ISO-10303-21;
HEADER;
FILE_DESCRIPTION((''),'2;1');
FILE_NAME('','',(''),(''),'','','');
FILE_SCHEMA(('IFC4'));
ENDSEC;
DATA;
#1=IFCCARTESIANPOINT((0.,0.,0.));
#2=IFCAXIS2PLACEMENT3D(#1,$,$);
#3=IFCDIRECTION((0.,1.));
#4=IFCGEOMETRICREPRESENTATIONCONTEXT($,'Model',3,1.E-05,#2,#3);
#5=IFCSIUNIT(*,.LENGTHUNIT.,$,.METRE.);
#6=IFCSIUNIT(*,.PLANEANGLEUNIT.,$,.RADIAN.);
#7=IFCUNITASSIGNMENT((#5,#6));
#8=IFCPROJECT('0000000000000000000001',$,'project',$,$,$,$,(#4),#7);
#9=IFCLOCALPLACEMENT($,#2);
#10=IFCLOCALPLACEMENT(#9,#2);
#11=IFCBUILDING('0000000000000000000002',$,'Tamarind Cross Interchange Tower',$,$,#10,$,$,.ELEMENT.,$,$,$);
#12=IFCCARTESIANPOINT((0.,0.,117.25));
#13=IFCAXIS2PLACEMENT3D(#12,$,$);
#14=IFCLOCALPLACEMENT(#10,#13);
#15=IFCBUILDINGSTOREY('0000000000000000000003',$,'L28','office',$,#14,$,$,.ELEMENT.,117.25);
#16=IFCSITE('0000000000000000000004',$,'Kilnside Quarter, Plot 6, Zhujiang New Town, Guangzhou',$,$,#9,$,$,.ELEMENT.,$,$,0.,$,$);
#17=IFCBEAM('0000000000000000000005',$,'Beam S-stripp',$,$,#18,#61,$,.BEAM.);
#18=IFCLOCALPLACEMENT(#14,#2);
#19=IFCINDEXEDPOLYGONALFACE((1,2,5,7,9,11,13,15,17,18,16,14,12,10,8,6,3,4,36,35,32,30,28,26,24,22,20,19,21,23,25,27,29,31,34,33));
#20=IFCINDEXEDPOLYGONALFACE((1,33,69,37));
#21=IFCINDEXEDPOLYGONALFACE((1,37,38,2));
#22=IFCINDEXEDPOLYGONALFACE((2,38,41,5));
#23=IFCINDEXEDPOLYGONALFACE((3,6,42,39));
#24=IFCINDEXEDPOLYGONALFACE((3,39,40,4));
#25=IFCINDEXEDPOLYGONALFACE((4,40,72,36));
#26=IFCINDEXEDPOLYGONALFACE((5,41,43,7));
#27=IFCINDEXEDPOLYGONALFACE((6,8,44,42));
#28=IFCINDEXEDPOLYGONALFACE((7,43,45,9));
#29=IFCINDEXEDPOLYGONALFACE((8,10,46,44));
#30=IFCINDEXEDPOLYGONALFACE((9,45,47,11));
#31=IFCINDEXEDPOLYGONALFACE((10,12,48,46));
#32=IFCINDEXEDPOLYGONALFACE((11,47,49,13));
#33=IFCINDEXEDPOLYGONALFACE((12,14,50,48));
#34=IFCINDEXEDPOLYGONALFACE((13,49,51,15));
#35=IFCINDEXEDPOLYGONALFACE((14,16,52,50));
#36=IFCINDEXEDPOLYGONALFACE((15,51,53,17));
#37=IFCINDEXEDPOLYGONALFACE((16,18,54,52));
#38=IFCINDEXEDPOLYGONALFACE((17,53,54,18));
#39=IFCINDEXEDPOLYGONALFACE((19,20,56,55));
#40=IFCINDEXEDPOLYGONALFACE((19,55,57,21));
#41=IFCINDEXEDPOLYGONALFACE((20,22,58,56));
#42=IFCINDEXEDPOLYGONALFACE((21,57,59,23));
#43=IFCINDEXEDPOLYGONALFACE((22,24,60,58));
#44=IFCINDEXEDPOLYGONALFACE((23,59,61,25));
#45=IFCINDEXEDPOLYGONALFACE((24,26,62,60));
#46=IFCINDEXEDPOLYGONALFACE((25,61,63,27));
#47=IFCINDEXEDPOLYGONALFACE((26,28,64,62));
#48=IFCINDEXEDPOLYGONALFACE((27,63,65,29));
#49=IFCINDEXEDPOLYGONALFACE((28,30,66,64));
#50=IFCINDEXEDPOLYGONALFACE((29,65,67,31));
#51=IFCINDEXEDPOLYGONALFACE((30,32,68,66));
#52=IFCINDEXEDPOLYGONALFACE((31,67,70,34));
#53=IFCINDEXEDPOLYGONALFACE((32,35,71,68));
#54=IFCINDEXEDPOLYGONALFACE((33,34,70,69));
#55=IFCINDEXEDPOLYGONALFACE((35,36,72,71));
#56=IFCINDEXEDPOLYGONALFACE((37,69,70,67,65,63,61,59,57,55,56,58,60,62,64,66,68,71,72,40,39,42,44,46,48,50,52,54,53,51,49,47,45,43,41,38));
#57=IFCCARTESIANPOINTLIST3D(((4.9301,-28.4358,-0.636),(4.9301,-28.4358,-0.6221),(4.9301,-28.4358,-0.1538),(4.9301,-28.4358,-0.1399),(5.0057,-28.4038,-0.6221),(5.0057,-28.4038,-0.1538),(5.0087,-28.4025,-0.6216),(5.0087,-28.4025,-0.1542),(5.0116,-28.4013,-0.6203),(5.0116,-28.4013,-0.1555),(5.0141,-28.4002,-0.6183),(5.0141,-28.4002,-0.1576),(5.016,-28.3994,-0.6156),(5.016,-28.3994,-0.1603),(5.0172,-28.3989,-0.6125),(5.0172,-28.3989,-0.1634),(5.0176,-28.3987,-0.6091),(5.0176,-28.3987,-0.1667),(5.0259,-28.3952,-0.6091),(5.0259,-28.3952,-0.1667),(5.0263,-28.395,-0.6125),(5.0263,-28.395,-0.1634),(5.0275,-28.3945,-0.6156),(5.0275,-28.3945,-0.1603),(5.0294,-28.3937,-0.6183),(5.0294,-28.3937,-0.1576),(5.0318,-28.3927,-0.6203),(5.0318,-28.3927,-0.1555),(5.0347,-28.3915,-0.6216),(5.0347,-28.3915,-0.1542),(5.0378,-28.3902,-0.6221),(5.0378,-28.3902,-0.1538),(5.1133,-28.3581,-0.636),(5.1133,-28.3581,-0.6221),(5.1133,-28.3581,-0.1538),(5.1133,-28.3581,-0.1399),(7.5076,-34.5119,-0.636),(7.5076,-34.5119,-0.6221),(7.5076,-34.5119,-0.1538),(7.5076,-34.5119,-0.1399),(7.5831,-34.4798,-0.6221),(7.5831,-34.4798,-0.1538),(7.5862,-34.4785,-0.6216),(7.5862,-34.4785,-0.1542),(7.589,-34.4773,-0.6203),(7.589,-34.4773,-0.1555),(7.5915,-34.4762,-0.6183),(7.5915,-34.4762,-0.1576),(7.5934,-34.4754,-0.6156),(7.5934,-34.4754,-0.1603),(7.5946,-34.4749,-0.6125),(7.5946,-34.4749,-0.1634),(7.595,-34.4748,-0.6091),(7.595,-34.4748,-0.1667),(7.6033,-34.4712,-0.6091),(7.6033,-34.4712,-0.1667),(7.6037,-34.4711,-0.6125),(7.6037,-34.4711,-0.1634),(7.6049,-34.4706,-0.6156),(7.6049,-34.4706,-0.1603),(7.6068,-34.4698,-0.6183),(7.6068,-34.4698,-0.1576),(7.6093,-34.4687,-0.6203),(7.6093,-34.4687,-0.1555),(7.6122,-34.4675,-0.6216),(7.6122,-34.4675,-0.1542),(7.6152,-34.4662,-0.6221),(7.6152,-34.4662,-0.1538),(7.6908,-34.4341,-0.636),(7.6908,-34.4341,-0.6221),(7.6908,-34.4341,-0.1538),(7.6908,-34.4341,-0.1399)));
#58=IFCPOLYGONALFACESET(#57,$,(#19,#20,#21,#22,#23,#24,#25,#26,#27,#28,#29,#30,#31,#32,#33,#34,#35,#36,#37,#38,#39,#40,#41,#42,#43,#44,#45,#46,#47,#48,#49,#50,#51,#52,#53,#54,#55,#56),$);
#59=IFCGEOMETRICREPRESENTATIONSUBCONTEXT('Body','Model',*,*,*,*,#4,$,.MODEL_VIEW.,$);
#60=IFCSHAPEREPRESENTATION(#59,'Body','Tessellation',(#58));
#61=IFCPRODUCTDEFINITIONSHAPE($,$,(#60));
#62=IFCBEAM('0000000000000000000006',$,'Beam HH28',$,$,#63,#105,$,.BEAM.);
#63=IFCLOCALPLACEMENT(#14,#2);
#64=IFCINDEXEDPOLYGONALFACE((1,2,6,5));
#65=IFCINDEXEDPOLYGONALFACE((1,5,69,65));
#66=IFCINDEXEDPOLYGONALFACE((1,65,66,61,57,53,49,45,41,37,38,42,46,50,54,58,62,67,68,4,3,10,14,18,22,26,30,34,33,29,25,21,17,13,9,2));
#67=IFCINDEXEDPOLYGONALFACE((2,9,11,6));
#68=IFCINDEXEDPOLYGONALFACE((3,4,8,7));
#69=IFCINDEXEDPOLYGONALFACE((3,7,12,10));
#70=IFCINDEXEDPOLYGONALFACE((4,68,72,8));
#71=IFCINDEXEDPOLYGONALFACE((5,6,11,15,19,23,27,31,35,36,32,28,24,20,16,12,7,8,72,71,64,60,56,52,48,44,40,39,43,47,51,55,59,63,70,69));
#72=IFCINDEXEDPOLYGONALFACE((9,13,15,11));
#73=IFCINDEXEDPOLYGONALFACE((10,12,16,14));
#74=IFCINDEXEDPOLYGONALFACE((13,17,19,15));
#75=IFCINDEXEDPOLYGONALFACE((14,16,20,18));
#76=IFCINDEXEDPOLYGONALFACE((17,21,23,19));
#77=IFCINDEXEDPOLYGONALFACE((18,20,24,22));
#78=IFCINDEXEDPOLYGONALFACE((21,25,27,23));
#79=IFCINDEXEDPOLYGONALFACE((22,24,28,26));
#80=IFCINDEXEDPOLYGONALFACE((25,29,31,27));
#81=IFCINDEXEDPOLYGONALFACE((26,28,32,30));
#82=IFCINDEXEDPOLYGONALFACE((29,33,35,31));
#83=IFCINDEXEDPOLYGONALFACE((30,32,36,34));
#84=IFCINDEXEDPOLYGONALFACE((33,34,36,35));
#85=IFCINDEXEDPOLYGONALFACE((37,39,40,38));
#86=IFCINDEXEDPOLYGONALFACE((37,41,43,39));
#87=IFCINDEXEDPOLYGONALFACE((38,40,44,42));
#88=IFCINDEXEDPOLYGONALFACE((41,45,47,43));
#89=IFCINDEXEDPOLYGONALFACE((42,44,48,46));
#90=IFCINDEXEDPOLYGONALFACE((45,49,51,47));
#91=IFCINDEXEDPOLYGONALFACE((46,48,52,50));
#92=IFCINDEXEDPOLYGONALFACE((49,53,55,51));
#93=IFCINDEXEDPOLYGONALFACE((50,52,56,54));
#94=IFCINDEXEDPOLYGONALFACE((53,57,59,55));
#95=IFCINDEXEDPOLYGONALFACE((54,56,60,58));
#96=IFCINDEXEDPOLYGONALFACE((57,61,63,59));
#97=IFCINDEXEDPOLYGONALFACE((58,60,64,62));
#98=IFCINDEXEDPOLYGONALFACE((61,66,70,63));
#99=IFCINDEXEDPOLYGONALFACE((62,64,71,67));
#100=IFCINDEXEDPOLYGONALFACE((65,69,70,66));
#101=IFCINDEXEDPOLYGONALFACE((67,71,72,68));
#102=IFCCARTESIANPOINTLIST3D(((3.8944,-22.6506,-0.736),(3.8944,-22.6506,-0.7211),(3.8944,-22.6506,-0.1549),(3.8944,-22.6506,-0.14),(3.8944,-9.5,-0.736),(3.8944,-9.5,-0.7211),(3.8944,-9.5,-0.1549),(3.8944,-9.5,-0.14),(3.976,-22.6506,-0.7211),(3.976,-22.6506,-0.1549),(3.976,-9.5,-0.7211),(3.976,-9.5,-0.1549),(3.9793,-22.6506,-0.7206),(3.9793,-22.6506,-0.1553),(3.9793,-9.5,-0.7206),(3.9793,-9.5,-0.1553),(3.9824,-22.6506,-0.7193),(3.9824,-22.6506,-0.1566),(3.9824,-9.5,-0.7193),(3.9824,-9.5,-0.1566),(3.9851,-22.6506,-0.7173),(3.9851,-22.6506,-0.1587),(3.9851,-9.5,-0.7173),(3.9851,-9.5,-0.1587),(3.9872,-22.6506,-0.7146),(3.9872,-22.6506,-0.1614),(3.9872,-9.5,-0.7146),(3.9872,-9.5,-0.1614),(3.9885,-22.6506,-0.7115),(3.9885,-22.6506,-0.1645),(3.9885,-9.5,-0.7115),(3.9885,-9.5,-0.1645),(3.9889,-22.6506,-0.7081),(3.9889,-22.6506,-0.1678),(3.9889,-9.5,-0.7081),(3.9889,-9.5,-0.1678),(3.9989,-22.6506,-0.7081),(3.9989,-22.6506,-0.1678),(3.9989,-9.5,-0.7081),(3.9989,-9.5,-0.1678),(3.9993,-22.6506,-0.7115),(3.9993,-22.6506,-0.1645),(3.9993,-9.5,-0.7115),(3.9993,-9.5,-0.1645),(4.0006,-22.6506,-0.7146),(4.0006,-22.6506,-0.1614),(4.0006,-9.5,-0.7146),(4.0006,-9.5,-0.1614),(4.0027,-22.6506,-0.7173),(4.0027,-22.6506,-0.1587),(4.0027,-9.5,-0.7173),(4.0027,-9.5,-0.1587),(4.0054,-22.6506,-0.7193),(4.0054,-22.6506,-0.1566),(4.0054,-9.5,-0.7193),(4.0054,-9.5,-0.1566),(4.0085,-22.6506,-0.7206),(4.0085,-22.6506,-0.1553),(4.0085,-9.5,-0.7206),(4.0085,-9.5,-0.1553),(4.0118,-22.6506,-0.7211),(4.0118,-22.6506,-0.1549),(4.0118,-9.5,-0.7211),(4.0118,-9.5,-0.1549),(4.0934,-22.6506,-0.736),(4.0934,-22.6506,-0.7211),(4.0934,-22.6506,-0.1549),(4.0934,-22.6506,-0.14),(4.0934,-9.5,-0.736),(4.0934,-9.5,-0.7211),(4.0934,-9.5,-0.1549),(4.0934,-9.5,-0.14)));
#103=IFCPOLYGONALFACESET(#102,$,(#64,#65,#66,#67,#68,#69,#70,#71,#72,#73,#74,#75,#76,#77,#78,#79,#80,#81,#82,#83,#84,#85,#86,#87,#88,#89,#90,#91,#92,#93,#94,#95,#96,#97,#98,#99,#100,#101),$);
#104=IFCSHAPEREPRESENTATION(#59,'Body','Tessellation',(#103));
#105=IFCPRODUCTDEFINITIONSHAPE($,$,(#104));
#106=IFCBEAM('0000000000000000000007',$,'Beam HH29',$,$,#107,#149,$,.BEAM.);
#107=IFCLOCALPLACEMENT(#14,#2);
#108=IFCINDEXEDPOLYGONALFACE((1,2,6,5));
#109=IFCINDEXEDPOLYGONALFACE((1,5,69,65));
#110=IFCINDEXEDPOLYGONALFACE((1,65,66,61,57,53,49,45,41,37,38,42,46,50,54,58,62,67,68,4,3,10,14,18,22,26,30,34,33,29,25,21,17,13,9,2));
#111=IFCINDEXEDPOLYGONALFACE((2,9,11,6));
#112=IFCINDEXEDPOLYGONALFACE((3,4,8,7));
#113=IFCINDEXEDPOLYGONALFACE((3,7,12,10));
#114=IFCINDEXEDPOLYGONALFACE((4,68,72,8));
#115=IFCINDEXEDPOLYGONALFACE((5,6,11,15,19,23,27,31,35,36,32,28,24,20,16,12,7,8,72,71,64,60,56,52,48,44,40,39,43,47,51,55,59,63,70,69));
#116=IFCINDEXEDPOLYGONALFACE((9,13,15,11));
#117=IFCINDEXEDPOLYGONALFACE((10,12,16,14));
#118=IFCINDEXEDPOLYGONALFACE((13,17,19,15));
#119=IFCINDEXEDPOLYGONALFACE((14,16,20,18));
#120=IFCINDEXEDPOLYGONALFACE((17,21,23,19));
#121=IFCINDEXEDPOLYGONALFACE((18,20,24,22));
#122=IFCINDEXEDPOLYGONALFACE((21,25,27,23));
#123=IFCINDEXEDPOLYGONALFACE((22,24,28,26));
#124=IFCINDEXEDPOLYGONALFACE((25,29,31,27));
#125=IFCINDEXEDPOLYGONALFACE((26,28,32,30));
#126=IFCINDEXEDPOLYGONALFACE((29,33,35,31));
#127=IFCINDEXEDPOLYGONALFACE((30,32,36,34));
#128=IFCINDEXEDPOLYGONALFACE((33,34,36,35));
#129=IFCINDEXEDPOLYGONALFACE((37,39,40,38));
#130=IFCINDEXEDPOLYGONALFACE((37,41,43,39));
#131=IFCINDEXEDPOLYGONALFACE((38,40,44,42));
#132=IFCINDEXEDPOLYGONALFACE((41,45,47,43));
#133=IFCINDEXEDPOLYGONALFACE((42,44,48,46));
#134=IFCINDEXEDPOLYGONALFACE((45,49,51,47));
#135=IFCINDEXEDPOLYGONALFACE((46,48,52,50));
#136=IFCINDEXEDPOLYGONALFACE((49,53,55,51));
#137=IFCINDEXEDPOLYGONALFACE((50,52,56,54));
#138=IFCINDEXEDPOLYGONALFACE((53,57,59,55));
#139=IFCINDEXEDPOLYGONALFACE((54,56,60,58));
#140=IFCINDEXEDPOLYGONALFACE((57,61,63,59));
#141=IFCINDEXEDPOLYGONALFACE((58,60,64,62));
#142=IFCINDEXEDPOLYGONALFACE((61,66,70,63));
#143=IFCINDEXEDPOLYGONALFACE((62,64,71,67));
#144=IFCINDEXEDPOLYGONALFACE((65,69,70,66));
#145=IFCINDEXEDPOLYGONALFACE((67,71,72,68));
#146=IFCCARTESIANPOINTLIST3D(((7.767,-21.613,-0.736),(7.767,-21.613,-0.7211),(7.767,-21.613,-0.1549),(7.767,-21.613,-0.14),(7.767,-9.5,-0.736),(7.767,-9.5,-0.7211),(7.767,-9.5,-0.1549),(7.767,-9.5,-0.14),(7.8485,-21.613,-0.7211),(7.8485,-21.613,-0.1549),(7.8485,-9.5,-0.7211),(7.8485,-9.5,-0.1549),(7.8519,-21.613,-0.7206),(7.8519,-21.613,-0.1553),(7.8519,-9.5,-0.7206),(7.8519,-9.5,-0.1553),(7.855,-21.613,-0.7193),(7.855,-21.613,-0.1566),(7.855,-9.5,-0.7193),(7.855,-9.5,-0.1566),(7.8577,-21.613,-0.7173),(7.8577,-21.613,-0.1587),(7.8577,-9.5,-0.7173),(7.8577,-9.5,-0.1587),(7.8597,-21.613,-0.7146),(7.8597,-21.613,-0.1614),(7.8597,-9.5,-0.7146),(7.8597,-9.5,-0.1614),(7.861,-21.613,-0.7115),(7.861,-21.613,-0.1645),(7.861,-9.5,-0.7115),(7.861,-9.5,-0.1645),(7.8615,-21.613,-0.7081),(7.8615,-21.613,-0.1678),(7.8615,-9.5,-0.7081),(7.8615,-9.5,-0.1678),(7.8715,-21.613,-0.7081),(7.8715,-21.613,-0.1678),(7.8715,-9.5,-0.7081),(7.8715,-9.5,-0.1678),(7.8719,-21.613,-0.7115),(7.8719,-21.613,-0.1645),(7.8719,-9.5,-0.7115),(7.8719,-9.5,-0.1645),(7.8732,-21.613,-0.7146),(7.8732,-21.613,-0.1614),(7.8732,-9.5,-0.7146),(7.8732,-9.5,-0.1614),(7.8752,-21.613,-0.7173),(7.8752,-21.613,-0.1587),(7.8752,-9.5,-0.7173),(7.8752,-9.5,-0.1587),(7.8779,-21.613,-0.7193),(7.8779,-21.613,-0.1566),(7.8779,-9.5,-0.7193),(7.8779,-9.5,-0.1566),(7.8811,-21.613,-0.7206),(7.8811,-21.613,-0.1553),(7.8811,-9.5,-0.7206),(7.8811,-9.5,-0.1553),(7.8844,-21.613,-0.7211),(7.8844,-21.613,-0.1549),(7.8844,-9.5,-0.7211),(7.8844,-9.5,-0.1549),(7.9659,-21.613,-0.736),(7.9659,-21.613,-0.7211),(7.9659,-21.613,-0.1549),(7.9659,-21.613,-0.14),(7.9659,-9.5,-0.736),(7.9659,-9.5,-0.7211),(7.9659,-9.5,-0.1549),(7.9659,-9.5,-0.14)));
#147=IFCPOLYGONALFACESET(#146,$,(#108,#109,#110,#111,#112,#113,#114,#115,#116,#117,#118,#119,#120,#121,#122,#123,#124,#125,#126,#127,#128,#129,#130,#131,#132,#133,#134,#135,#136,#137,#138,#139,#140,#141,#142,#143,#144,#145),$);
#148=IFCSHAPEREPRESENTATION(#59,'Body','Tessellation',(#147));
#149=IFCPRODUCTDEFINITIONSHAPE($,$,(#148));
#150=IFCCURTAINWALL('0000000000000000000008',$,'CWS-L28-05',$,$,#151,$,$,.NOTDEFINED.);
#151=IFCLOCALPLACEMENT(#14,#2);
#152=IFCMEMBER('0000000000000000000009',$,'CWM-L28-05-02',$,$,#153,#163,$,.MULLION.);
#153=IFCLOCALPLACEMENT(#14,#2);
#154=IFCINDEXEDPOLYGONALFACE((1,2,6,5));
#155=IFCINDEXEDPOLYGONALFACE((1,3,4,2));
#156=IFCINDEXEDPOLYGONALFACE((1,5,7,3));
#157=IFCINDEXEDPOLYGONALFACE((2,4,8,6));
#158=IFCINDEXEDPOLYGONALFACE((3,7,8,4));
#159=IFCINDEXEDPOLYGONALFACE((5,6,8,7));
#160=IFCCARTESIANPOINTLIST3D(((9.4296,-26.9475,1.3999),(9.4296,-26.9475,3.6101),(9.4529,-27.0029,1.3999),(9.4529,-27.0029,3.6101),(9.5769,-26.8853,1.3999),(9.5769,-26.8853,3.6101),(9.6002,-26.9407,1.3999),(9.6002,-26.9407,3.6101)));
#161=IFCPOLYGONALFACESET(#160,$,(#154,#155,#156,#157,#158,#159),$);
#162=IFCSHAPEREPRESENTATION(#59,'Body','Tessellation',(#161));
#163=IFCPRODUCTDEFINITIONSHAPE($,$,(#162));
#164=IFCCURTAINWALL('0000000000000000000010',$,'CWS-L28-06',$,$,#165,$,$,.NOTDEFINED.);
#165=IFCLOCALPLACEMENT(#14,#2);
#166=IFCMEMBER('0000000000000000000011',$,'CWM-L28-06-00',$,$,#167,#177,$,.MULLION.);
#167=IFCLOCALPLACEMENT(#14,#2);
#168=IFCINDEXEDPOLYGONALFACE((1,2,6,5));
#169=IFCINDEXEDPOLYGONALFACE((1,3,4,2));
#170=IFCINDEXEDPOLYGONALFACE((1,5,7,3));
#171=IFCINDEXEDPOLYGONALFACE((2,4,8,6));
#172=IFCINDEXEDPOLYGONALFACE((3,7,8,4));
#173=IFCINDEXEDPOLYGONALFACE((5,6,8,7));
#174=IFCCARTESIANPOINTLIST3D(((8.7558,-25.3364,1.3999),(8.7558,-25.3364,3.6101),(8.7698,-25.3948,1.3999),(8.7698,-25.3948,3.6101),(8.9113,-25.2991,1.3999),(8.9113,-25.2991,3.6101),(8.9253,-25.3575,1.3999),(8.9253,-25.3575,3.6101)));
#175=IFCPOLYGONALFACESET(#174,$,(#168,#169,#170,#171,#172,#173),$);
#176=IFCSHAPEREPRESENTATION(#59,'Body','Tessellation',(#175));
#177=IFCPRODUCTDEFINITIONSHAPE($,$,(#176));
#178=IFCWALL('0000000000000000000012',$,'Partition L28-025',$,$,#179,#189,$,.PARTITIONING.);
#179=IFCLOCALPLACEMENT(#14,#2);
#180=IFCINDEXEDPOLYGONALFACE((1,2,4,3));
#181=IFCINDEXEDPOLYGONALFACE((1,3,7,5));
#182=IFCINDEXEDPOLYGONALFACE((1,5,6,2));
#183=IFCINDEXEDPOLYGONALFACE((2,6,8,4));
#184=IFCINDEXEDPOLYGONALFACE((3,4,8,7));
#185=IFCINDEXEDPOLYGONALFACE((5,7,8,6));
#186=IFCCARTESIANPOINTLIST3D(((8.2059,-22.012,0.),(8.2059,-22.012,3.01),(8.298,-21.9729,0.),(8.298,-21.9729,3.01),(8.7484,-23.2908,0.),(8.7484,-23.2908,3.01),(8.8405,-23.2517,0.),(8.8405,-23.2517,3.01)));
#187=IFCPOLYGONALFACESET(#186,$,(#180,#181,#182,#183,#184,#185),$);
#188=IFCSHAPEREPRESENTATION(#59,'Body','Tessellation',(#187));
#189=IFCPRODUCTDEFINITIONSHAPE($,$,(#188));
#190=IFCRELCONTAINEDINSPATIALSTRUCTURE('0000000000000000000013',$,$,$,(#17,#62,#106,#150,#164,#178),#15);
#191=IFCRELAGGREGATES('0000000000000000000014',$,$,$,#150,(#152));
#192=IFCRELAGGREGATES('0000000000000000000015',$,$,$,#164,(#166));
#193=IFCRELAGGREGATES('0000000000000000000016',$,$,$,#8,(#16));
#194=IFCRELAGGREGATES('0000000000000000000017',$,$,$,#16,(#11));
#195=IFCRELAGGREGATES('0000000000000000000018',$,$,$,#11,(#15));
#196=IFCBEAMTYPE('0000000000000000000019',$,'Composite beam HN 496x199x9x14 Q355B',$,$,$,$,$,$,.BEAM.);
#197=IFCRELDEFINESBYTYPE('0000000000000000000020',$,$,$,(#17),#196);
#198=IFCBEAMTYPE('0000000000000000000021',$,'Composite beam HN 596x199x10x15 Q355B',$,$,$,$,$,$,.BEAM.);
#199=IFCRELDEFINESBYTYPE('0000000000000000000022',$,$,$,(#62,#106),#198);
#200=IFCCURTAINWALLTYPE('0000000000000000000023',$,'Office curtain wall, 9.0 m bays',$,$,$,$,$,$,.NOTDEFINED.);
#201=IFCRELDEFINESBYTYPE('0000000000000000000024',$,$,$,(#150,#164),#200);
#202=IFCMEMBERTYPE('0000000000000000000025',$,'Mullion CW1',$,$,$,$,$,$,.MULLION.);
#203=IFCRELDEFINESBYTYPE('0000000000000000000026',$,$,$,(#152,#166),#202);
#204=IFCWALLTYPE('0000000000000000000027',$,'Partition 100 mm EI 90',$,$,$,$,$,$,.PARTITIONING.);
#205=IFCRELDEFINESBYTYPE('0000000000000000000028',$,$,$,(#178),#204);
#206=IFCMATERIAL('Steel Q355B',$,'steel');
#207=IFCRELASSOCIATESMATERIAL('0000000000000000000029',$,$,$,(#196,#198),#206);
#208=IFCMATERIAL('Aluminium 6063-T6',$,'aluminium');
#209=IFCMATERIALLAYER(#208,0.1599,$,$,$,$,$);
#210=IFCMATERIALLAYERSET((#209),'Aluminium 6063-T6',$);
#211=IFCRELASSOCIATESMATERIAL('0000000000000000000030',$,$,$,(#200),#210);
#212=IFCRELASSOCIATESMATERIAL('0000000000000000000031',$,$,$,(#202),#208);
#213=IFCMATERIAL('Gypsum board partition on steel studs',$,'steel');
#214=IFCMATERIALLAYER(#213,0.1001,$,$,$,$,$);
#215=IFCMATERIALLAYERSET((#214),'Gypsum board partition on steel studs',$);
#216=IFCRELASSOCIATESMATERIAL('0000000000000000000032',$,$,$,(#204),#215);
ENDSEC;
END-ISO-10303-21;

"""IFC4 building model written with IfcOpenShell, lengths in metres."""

from ifc_helpers import new_model, si_unit, direction, frame, frame_2d, origin, origin_2d, place, context, subcontext, project, spatial, rectangle, i_section, extrude, material, layer, layer_set, material_profile, profile_set, type_object, element, aggregate, save


model = new_model("IFC4")

# Units and contexts
model_context = context("Model", 3, precision=1e-05, world=origin(), true_north=direction((0.0, 1.0)))
body_context = subcontext(model_context, "Body", "Model", "MODEL_VIEW")
ifc_project = project(units=[si_unit("LENGTHUNIT", "METRE"), si_unit("PLANEANGLEUNIT", "RADIAN")], contexts=[model_context])

# Site, building, storey
site_placement = place(None, origin())
site = spatial("IfcSite", under=ifc_project, at=site_placement, Name="Kilnside Quarter, Plot 6, Zhujiang New Town, Guangzhou", CompositionType="ELEMENT", RefElevation=0.0)
building_placement = place(site_placement, origin())
building = spatial("IfcBuilding", under=site, at=building_placement, Name="Tamarind Cross Interchange Tower", CompositionType="ELEMENT")
storey_placement = place(building_placement, frame((0.0, 0.0, 117.25)))
storey = spatial("IfcBuildingStorey", under=building, at=storey_placement, Name="L28", Description="office", CompositionType="ELEMENT", Elevation=117.25)

# Beams
ifc_material_1 = material(Name="Steel Q355B", Category="steel")
ifc_material_profile_1 = material_profile(ifc_material_1, i_section(OverallWidth=0.199, OverallDepth=0.4961, WebThickness=0.009, FlangeThickness=0.0139, FilletRadius=0.0129, at=origin_2d()), Name="HN 496x199x9x14")
ifc_profile_set_1 = profile_set([ifc_material_profile_1], Name="Steel Q355B")
beam_type_1 = type_object("IfcBeamType", Name="Composite beam HN 496x199x9x14 Q355B", PredefinedType="BEAM", material=ifc_profile_set_1)
beam_1_placement = place(storey_placement, frame((5.0217, -28.397, -0.3879), z_axis=(0.390515, -0.920597, 0.0), x_axis=(0.920597, 0.390515, 0.0)))
element("IfcBeam", 1, at=beam_1_placement, inside=storey, type_object=beam_type_1, Name="Beam S-stripp", PredefinedType="BEAM", context=body_context, shape_type="SweptSolid", body=[
    extrude(i_section(OverallWidth=0.199, OverallDepth=0.4961, WebThickness=0.009, FlangeThickness=0.0139, FilletRadius=0.0129, at=origin_2d()), origin(), (0.0, 0.0, 1.0), 6.6001),
])
ifc_material_profile_2 = material_profile(ifc_material_1, i_section(OverallWidth=0.199, OverallDepth=0.5959, WebThickness=0.01, FlangeThickness=0.0149, FilletRadius=0.0129, at=origin_2d()), Name="HN 596x199x10x15")
ifc_profile_set_2 = profile_set([ifc_material_profile_2], Name="Steel Q355B")
beam_type_2 = type_object("IfcBeamType", Name="Composite beam HN 596x199x10x15 Q355B", PredefinedType="BEAM", material=ifc_profile_set_2)
beam_2_placement = place(storey_placement, frame((3.9939, -22.6506, -0.438), z_axis=(0.0, 1.0, 0.0), x_axis=(-1.0, 0.0, 0.0)))
element("IfcBeam", 2, at=beam_2_placement, inside=storey, type_object=beam_type_2, Name="Beam HH28", PredefinedType="BEAM", context=body_context, shape_type="SweptSolid", body=[
    extrude(i_section(OverallWidth=0.199, OverallDepth=0.5959, WebThickness=0.01, FlangeThickness=0.0149, FilletRadius=0.0129, at=origin_2d()), origin(), (0.0, 0.0, 1.0), 13.1506),
])
beam_3_placement = place(storey_placement, frame((7.8665, -21.613, -0.438), z_axis=(0.0, 1.0, 0.0), x_axis=(-1.0, 0.0, 0.0)))
element("IfcBeam", 3, at=beam_3_placement, inside=storey, type_object=beam_type_2, Name="Beam HH29", PredefinedType="BEAM", context=body_context, shape_type="SweptSolid", body=[
    extrude(i_section(OverallWidth=0.199, OverallDepth=0.5959, WebThickness=0.01, FlangeThickness=0.0149, FilletRadius=0.0129, at=origin_2d()), origin(), (0.0, 0.0, 1.0), 12.113),
])

# Curtain walls, members
ifc_material_2 = material(Name="Aluminium 6063-T6", Category="aluminium")
ifc_layer_1 = layer(ifc_material_2, 0.1599)
ifc_layer_set_1 = layer_set([ifc_layer_1], Name="Aluminium 6063-T6")
curtain_wall_type = type_object("IfcCurtainWallType", Name="Office curtain wall, 9.0 m bays", PredefinedType="NOTDEFINED", material=ifc_layer_set_1)
curtain_wall_1_placement = place(storey_placement, origin())
curtain_wall_1 = element("IfcCurtainWall", 4, at=curtain_wall_1_placement, inside=storey, type_object=curtain_wall_type, Name="CWS-L28-05", PredefinedType="NOTDEFINED")
ifc_material_profile_3 = material_profile(ifc_material_2, rectangle(XDim=0.0601, YDim=0.1599, at=origin_2d()), Name="Mullion CW1")
ifc_profile_set_3 = profile_set([ifc_material_profile_3], Name="Aluminium 6063-T6")
member_type = type_object("IfcMemberType", Name="Mullion CW1", PredefinedType="MULLION", material=ifc_profile_set_3)
member_1_placement = place(storey_placement, frame((9.5149, -26.9441, 1.3999), z_axis=(0.0, 0.0, 1.0), x_axis=(-0.388939, 0.921264, 0.0)))
member_1 = element("IfcMember", 5, at=member_1_placement, type_object=member_type, Name="CWM-L28-05-02", PredefinedType="MULLION", context=body_context, shape_type="SweptSolid", body=[
    extrude(rectangle(XDim=0.0601, YDim=0.1599, at=origin_2d()), origin(), (0.0, 0.0, 1.0), 2.2102),
])
aggregate(curtain_wall_1, [member_1])
curtain_wall_2_placement = place(storey_placement, origin())
curtain_wall_2 = element("IfcCurtainWall", 6, at=curtain_wall_2_placement, inside=storey, type_object=curtain_wall_type, Name="CWS-L28-06", PredefinedType="NOTDEFINED")
member_2_placement = place(storey_placement, frame((8.8406, -25.3469, 1.3999), z_axis=(0.0, 0.0, 1.0), x_axis=(-0.233232, 0.972421, 0.0)))
member_2 = element("IfcMember", 7, at=member_2_placement, type_object=member_type, Name="CWM-L28-06-00", PredefinedType="MULLION", context=body_context, shape_type="SweptSolid", body=[
    extrude(rectangle(XDim=0.0601, YDim=0.1599, at=origin_2d()), origin(), (0.0, 0.0, 1.0), 2.2102),
])
aggregate(curtain_wall_2, [member_2])

# Wall
ifc_material_3 = material(Name="Gypsum board partition on steel studs", Category="steel")
ifc_layer_2 = layer(ifc_material_3, 0.1001)
ifc_layer_set_2 = layer_set([ifc_layer_2], Name="Gypsum board partition on steel studs")
wall_type_1 = type_object("IfcWallType", Name="Partition 100 mm EI 90", PredefinedType="PARTITIONING", material=ifc_layer_set_2)
wall_1_placement = place(storey_placement, frame((8.252, -21.9924, 0.0), z_axis=(0.0, 0.0, 1.0), x_axis=(0.390523, -0.920593, 0.0)))
element("IfcWall", 8, at=wall_1_placement, inside=storey, type_object=wall_type_1, Name="Partition L28-025", PredefinedType="PARTITIONING", context=body_context, shape_type="SweptSolid", body=[
    extrude(rectangle(XDim=1.3892, YDim=0.1001, at=frame_2d((0.6946, 0.0))), origin(), (0.0, 0.0, 1.0), 3.01),
])

save(model, "model.ifc")
